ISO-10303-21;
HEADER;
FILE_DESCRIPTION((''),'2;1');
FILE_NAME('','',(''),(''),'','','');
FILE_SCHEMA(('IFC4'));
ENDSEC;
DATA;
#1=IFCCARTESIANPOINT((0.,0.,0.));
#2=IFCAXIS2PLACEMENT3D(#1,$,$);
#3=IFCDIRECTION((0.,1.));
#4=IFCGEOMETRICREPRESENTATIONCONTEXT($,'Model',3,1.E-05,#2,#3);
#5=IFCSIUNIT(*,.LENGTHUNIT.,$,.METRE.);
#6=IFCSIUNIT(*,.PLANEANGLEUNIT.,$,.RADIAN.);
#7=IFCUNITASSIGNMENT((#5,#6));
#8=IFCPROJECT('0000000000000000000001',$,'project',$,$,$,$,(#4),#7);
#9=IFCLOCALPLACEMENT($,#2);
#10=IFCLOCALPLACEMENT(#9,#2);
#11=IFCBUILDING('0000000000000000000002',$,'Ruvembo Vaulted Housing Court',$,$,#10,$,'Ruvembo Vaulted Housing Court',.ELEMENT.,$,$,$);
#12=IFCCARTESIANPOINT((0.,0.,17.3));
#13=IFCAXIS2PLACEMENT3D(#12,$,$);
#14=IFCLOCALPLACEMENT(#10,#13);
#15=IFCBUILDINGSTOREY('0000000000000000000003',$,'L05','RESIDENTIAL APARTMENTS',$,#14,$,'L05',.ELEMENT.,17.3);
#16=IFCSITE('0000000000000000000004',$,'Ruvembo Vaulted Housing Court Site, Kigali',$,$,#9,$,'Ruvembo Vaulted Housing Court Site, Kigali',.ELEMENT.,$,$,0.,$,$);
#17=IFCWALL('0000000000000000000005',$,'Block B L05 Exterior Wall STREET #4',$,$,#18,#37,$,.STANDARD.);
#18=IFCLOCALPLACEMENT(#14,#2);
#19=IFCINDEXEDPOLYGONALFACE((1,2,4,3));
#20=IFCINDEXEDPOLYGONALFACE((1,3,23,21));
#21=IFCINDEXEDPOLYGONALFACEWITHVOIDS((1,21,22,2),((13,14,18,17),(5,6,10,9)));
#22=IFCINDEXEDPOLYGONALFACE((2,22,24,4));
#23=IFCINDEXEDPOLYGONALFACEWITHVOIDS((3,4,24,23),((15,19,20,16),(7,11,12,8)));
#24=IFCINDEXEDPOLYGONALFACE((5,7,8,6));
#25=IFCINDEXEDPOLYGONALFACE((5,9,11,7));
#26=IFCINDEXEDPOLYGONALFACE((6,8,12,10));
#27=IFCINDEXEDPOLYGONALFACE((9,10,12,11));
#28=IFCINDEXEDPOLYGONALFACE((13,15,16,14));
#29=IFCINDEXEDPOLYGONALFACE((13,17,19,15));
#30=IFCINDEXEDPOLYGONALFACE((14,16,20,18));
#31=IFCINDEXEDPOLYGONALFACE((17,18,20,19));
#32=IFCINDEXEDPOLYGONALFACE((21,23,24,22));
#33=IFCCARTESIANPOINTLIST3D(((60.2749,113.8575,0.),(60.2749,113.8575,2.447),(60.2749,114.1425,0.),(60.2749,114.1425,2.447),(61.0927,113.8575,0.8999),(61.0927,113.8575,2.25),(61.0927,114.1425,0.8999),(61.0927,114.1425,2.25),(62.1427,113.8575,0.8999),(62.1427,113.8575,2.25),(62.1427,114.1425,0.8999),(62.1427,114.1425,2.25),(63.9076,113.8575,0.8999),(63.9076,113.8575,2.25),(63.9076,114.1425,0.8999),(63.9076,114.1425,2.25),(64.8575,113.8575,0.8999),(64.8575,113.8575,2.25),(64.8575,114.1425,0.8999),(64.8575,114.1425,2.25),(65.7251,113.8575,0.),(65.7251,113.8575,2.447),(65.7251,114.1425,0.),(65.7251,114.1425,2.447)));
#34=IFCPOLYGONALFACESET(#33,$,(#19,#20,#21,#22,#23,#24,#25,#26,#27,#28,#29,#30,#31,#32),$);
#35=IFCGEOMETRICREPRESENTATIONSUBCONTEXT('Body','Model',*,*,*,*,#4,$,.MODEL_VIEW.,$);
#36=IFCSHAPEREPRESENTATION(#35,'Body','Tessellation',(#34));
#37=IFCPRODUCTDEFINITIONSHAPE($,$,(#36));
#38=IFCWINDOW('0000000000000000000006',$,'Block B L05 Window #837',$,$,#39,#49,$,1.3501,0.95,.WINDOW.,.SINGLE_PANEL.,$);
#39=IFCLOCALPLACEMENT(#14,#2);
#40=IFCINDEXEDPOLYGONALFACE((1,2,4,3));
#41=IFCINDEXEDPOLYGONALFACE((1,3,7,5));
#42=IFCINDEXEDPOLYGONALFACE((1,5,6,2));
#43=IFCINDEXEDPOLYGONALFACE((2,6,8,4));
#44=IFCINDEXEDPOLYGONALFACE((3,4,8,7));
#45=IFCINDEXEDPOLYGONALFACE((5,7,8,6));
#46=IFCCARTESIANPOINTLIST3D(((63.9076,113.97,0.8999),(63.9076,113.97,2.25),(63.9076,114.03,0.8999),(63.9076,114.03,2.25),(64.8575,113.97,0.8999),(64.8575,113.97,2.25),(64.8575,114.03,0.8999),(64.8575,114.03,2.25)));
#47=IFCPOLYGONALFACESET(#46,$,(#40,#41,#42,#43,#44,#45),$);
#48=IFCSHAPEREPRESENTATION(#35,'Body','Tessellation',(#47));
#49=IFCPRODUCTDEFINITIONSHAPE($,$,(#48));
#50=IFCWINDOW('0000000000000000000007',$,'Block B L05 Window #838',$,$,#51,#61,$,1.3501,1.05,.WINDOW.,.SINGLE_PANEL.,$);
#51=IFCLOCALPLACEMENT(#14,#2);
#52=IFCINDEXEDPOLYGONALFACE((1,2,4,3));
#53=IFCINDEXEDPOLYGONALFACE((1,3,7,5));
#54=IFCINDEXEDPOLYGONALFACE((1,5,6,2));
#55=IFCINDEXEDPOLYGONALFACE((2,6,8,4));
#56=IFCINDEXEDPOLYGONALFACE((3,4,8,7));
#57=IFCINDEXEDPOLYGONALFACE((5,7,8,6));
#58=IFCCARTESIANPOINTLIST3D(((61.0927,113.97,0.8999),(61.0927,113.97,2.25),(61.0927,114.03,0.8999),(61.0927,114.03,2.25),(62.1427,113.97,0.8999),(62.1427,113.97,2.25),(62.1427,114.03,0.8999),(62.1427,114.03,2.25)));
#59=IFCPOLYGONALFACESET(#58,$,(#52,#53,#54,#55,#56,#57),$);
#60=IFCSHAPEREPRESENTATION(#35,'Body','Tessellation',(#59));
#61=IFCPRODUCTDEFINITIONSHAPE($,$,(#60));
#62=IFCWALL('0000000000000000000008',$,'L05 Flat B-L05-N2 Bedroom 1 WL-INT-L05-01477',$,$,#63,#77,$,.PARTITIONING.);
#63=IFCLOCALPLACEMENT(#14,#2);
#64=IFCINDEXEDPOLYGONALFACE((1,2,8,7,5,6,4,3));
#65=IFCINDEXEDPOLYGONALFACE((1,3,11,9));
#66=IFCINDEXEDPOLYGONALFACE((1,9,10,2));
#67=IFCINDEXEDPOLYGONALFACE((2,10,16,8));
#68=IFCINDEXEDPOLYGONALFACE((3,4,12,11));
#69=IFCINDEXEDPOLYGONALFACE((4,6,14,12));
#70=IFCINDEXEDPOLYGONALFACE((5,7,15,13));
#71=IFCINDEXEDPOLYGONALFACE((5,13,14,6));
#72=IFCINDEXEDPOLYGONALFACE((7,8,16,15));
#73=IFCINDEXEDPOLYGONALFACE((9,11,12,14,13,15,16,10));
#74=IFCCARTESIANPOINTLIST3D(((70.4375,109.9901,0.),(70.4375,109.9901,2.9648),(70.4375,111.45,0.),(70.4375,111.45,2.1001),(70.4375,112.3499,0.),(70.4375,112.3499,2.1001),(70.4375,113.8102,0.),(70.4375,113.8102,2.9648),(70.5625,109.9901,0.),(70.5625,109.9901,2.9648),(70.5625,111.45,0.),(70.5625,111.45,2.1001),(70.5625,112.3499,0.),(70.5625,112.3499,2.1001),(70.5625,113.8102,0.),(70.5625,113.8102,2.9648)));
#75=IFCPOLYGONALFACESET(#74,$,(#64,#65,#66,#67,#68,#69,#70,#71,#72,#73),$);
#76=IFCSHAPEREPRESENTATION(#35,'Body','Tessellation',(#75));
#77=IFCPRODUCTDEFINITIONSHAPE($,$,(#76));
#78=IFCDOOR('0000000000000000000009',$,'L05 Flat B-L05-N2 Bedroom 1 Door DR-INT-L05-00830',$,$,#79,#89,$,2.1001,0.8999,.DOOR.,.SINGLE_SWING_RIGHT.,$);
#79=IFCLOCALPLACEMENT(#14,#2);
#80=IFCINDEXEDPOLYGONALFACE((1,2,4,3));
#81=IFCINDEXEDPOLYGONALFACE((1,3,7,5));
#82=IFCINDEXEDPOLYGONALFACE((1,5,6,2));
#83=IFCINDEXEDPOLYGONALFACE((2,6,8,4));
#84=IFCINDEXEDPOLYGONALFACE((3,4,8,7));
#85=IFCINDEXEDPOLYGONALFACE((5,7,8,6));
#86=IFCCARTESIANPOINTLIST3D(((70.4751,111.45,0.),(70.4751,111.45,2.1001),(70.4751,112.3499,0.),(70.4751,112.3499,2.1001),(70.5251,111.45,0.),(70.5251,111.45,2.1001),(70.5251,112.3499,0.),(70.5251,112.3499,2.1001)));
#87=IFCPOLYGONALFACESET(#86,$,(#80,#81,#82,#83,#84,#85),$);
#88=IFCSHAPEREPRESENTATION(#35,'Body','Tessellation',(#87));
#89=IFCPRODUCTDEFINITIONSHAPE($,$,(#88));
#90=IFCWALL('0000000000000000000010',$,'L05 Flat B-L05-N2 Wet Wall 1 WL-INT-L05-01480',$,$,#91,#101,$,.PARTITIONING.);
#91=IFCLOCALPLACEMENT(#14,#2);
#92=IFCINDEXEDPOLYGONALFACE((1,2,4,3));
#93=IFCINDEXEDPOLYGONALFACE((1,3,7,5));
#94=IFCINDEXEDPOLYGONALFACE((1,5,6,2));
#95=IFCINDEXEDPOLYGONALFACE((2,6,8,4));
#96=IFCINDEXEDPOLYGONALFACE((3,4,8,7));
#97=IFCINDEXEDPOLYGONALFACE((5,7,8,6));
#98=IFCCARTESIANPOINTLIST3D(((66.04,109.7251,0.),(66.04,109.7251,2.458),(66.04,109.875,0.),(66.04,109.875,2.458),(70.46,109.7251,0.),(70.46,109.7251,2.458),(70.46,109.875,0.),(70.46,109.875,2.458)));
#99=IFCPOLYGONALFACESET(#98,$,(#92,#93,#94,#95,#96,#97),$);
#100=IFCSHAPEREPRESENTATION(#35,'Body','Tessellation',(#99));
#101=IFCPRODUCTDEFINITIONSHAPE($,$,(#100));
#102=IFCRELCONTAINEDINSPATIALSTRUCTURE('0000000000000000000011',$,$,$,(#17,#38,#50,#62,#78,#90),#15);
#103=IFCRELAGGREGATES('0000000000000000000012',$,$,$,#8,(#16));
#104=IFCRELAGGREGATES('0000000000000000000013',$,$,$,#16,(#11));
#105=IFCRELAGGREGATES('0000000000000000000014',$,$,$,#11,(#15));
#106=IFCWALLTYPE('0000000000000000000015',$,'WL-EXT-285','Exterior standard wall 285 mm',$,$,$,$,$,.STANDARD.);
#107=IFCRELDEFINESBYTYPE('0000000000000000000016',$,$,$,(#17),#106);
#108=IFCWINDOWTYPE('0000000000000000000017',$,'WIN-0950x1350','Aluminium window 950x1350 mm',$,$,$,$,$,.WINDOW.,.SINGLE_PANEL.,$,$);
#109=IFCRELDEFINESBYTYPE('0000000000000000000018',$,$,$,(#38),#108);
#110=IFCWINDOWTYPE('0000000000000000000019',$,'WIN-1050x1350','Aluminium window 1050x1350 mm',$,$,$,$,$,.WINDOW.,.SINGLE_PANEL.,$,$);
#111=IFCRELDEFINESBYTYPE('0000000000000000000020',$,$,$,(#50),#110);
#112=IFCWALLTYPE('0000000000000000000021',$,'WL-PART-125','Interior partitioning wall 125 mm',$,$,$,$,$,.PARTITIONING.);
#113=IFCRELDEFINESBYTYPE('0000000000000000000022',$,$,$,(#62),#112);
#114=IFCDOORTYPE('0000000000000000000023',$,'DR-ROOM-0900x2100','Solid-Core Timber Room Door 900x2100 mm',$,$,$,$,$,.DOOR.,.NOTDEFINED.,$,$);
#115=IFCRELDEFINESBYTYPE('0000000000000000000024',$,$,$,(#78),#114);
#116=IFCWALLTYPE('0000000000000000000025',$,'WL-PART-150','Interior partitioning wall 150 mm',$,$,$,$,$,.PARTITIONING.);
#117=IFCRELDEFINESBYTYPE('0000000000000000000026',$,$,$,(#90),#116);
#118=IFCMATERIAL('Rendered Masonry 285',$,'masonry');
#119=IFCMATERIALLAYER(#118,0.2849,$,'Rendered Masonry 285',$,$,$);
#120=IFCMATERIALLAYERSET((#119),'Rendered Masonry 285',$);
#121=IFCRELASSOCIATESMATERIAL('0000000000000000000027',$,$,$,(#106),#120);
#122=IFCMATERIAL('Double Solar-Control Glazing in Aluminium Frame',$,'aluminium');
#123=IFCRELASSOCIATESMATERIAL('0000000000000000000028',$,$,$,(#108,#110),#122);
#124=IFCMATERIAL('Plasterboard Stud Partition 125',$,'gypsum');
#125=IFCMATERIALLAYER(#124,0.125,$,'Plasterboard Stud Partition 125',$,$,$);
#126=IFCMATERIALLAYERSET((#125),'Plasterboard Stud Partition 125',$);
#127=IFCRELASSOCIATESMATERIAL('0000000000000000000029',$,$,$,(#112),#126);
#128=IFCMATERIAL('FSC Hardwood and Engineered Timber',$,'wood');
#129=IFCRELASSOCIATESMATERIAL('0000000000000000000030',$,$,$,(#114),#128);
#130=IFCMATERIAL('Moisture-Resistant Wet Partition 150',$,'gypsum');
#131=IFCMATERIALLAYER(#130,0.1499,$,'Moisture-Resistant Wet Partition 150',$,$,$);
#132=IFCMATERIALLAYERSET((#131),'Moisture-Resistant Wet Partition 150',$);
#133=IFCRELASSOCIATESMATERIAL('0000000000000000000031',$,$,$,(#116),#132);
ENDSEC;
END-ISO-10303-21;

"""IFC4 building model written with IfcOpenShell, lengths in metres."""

from ifc_helpers import new_model, si_unit, direction, frame, frame_2d, origin, place, context, subcontext, project, spatial, rectangle, extrude, material, layer, layer_set, type_object, element, fill, save


model = new_model("IFC4")

# Units and contexts
model_context = context("Model", 3, precision=1e-05, world=origin(), true_north=direction((0.0, 1.0)))
body_context = subcontext(model_context, "Body", "Model", "MODEL_VIEW")
ifc_project = project(units=[si_unit("LENGTHUNIT", "METRE"), si_unit("PLANEANGLEUNIT", "RADIAN")], contexts=[model_context])

# Site, building, storey
site_placement = place(None, origin())
site = spatial("IfcSite", under=ifc_project, at=site_placement, Name="Ruvembo Vaulted Housing Court Site, Kigali", LongName="Ruvembo Vaulted Housing Court Site, Kigali", CompositionType="ELEMENT", RefElevation=0.0)
building_placement = place(site_placement, origin())
building = spatial("IfcBuilding", under=site, at=building_placement, Name="Ruvembo Vaulted Housing Court", LongName="Ruvembo Vaulted Housing Court", CompositionType="ELEMENT")
storey_placement = place(building_placement, frame((0.0, 0.0, 17.3)))
storey = spatial("IfcBuildingStorey", under=building, at=storey_placement, Name="L05", Description="RESIDENTIAL APARTMENTS", LongName="L05", CompositionType="ELEMENT", Elevation=17.3)

# Wall, openings, windows
ifc_material_1 = material(Name="Rendered Masonry 285", Category="masonry")
ifc_layer_1 = layer(ifc_material_1, 0.2849, Name="Rendered Masonry 285")
ifc_layer_set_1 = layer_set([ifc_layer_1], Name="Rendered Masonry 285")
wall_type_1 = type_object("IfcWallType", Name="WL-EXT-285", Description="Exterior standard wall 285 mm", PredefinedType="STANDARD", material=ifc_layer_set_1)
ifc_material_2 = material(Name="Double Solar-Control Glazing in Aluminium Frame", Category="aluminium")
wall_1_placement = place(storey_placement, frame((65.7251, 114.0, 0.0), z_axis=(0.0, 0.0, 1.0), x_axis=(-1.0, 0.0, 0.0)))
wall_1 = element("IfcWall", 1, at=wall_1_placement, inside=storey, type_object=wall_type_1, Name="Block B L05 Exterior Wall STREET #4", PredefinedType="STANDARD", context=body_context, shape_type="SweptSolid", body=[
    extrude(rectangle(XDim=5.4502, YDim=0.2849, at=frame_2d((2.7251, 0.0))), origin(), (0.0, 0.0, 1.0), 2.447),
])
opening_1_placement = place(wall_1_placement, frame((0.8674, 0.0, 0.8999)))
opening_1 = element("IfcOpeningElement", 2, at=opening_1_placement, cuts=wall_1, PredefinedType="OPENING", context=body_context, shape_type="SweptSolid", body=[
    extrude(rectangle(XDim=0.95, YDim=1.3501, at=frame_2d((0.4751, 0.675))), frame((0.0, 0.1523, 0.0), z_axis=(0.0, -1.0, 0.0), x_axis=(1.0, 0.0, 0.0)), (0.0, 0.0, 1.0), 0.3049),
])
opening_2_placement = place(wall_1_placement, frame((3.5825, 0.0, 0.8999)))
opening_2 = element("IfcOpeningElement", 3, at=opening_2_placement, cuts=wall_1, PredefinedType="OPENING", context=body_context, shape_type="SweptSolid", body=[
    extrude(rectangle(XDim=1.05, YDim=1.3501, at=frame_2d((0.5249, 0.675))), frame((0.0, 0.1523, 0.0), z_axis=(0.0, -1.0, 0.0), x_axis=(1.0, 0.0, 0.0)), (0.0, 0.0, 1.0), 0.3049),
])
window_type_1 = type_object("IfcWindowType", Name="WIN-0950x1350", Description="Aluminium window 950x1350 mm", PartitioningType="SINGLE_PANEL", PredefinedType="WINDOW", material=ifc_material_2)
window_1_placement = place(opening_1_placement, origin())
window_1 = element("IfcWindow", 4, at=window_1_placement, inside=storey, type_object=window_type_1, Name="Block B L05 Window #837", OverallHeight=1.3501, OverallWidth=0.95, PartitioningType="SINGLE_PANEL", PredefinedType="WINDOW", context=body_context, shape_type="SweptSolid", body=[
    extrude(rectangle(XDim=0.95, YDim=1.3501, at=frame_2d((0.4751, 0.675))), frame((0.0, 0.03, 0.0), z_axis=(0.0, -1.0, 0.0), x_axis=(1.0, 0.0, 0.0)), (0.0, 0.0, 1.0), 0.0601),
])
fill(opening_1, window_1)
window_type_2 = type_object("IfcWindowType", Name="WIN-1050x1350", Description="Aluminium window 1050x1350 mm", PartitioningType="SINGLE_PANEL", PredefinedType="WINDOW", material=ifc_material_2)
window_2_placement = place(opening_2_placement, origin())
window_2 = element("IfcWindow", 5, at=window_2_placement, inside=storey, type_object=window_type_2, Name="Block B L05 Window #838", OverallHeight=1.3501, OverallWidth=1.05, PartitioningType="SINGLE_PANEL", PredefinedType="WINDOW", context=body_context, shape_type="SweptSolid", body=[
    extrude(rectangle(XDim=1.05, YDim=1.3501, at=frame_2d((0.5249, 0.675))), frame((0.0, 0.03, 0.0), z_axis=(0.0, -1.0, 0.0), x_axis=(1.0, 0.0, 0.0)), (0.0, 0.0, 1.0), 0.0601),
])
fill(opening_2, window_2)

# Wall, opening, door
ifc_material_3 = material(Name="Plasterboard Stud Partition 125", Category="gypsum")
ifc_layer_2 = layer(ifc_material_3, 0.125, Name="Plasterboard Stud Partition 125")
ifc_layer_set_2 = layer_set([ifc_layer_2], Name="Plasterboard Stud Partition 125")
wall_type_2 = type_object("IfcWallType", Name="WL-PART-125", Description="Interior partitioning wall 125 mm", PredefinedType="PARTITIONING", material=ifc_layer_set_2)
wall_2_placement = place(storey_placement, frame((70.5, 109.99, 0.0), z_axis=(0.0, 0.0, 1.0), x_axis=(0.0, 1.0, 0.0)))
wall_2 = element("IfcWall", 6, at=wall_2_placement, inside=storey, type_object=wall_type_2, Name="L05 Flat B-L05-N2 Bedroom 1 WL-INT-L05-01477", PredefinedType="PARTITIONING", context=body_context, shape_type="SweptSolid", body=[
    extrude(rectangle(XDim=3.8201, YDim=0.125, at=frame_2d((1.9102, 0.0))), origin(), (0.0, 0.0, 1.0), 2.9648),
])
opening_3_placement = place(wall_2_placement, frame((1.46, 0.0, 0.0)))
opening_3 = element("IfcOpeningElement", 7, at=opening_3_placement, cuts=wall_2, PredefinedType="OPENING", context=body_context, shape_type="SweptSolid", body=[
    extrude(rectangle(XDim=0.8999, YDim=2.1001, at=frame_2d((0.45, 1.05))), frame((0.0, 0.0725, 0.0), z_axis=(0.0, -1.0, 0.0), x_axis=(1.0, 0.0, 0.0)), (0.0, 0.0, 1.0), 0.145),
])
ifc_material_4 = material(Name="FSC Hardwood and Engineered Timber", Category="wood")
door_type = type_object("IfcDoorType", Name="DR-ROOM-0900x2100", Description="Solid-Core Timber Room Door 900x2100 mm", OperationType="NOTDEFINED", PredefinedType="DOOR", material=ifc_material_4)
door_placement = place(opening_3_placement, origin())
door = element("IfcDoor", 8, at=door_placement, inside=storey, type_object=door_type, Name="L05 Flat B-L05-N2 Bedroom 1 Door DR-INT-L05-00830", OperationType="SINGLE_SWING_RIGHT", OverallHeight=2.1001, OverallWidth=0.8999, PredefinedType="DOOR", context=body_context, shape_type="SweptSolid", body=[
    extrude(rectangle(XDim=0.8999, YDim=2.1001, at=frame_2d((0.45, 1.05))), frame((0.0, 0.0249, 0.0), z_axis=(0.0, -1.0, 0.0), x_axis=(1.0, 0.0, 0.0)), (0.0, 0.0, 1.0), 0.05),
])
fill(opening_3, door)

# Wall
ifc_material_5 = material(Name="Moisture-Resistant Wet Partition 150", Category="gypsum")
ifc_layer_3 = layer(ifc_material_5, 0.1499, Name="Moisture-Resistant Wet Partition 150")
ifc_layer_set_3 = layer_set([ifc_layer_3], Name="Moisture-Resistant Wet Partition 150")
wall_type_3 = type_object("IfcWallType", Name="WL-PART-150", Description="Interior partitioning wall 150 mm", PredefinedType="PARTITIONING", material=ifc_layer_set_3)
wall_3_placement = place(storey_placement, frame((66.04, 109.8, 0.0), z_axis=(0.0, 0.0, 1.0), x_axis=(1.0, 0.0, 0.0)))
element("IfcWall", 9, at=wall_3_placement, inside=storey, type_object=wall_type_3, Name="L05 Flat B-L05-N2 Wet Wall 1 WL-INT-L05-01480", PredefinedType="PARTITIONING", context=body_context, shape_type="SweptSolid", body=[
    extrude(rectangle(XDim=4.4199, YDim=0.1499, at=frame_2d((2.21, 0.0))), origin(), (0.0, 0.0, 1.0), 2.458),
])

save(model, "model.ifc")
